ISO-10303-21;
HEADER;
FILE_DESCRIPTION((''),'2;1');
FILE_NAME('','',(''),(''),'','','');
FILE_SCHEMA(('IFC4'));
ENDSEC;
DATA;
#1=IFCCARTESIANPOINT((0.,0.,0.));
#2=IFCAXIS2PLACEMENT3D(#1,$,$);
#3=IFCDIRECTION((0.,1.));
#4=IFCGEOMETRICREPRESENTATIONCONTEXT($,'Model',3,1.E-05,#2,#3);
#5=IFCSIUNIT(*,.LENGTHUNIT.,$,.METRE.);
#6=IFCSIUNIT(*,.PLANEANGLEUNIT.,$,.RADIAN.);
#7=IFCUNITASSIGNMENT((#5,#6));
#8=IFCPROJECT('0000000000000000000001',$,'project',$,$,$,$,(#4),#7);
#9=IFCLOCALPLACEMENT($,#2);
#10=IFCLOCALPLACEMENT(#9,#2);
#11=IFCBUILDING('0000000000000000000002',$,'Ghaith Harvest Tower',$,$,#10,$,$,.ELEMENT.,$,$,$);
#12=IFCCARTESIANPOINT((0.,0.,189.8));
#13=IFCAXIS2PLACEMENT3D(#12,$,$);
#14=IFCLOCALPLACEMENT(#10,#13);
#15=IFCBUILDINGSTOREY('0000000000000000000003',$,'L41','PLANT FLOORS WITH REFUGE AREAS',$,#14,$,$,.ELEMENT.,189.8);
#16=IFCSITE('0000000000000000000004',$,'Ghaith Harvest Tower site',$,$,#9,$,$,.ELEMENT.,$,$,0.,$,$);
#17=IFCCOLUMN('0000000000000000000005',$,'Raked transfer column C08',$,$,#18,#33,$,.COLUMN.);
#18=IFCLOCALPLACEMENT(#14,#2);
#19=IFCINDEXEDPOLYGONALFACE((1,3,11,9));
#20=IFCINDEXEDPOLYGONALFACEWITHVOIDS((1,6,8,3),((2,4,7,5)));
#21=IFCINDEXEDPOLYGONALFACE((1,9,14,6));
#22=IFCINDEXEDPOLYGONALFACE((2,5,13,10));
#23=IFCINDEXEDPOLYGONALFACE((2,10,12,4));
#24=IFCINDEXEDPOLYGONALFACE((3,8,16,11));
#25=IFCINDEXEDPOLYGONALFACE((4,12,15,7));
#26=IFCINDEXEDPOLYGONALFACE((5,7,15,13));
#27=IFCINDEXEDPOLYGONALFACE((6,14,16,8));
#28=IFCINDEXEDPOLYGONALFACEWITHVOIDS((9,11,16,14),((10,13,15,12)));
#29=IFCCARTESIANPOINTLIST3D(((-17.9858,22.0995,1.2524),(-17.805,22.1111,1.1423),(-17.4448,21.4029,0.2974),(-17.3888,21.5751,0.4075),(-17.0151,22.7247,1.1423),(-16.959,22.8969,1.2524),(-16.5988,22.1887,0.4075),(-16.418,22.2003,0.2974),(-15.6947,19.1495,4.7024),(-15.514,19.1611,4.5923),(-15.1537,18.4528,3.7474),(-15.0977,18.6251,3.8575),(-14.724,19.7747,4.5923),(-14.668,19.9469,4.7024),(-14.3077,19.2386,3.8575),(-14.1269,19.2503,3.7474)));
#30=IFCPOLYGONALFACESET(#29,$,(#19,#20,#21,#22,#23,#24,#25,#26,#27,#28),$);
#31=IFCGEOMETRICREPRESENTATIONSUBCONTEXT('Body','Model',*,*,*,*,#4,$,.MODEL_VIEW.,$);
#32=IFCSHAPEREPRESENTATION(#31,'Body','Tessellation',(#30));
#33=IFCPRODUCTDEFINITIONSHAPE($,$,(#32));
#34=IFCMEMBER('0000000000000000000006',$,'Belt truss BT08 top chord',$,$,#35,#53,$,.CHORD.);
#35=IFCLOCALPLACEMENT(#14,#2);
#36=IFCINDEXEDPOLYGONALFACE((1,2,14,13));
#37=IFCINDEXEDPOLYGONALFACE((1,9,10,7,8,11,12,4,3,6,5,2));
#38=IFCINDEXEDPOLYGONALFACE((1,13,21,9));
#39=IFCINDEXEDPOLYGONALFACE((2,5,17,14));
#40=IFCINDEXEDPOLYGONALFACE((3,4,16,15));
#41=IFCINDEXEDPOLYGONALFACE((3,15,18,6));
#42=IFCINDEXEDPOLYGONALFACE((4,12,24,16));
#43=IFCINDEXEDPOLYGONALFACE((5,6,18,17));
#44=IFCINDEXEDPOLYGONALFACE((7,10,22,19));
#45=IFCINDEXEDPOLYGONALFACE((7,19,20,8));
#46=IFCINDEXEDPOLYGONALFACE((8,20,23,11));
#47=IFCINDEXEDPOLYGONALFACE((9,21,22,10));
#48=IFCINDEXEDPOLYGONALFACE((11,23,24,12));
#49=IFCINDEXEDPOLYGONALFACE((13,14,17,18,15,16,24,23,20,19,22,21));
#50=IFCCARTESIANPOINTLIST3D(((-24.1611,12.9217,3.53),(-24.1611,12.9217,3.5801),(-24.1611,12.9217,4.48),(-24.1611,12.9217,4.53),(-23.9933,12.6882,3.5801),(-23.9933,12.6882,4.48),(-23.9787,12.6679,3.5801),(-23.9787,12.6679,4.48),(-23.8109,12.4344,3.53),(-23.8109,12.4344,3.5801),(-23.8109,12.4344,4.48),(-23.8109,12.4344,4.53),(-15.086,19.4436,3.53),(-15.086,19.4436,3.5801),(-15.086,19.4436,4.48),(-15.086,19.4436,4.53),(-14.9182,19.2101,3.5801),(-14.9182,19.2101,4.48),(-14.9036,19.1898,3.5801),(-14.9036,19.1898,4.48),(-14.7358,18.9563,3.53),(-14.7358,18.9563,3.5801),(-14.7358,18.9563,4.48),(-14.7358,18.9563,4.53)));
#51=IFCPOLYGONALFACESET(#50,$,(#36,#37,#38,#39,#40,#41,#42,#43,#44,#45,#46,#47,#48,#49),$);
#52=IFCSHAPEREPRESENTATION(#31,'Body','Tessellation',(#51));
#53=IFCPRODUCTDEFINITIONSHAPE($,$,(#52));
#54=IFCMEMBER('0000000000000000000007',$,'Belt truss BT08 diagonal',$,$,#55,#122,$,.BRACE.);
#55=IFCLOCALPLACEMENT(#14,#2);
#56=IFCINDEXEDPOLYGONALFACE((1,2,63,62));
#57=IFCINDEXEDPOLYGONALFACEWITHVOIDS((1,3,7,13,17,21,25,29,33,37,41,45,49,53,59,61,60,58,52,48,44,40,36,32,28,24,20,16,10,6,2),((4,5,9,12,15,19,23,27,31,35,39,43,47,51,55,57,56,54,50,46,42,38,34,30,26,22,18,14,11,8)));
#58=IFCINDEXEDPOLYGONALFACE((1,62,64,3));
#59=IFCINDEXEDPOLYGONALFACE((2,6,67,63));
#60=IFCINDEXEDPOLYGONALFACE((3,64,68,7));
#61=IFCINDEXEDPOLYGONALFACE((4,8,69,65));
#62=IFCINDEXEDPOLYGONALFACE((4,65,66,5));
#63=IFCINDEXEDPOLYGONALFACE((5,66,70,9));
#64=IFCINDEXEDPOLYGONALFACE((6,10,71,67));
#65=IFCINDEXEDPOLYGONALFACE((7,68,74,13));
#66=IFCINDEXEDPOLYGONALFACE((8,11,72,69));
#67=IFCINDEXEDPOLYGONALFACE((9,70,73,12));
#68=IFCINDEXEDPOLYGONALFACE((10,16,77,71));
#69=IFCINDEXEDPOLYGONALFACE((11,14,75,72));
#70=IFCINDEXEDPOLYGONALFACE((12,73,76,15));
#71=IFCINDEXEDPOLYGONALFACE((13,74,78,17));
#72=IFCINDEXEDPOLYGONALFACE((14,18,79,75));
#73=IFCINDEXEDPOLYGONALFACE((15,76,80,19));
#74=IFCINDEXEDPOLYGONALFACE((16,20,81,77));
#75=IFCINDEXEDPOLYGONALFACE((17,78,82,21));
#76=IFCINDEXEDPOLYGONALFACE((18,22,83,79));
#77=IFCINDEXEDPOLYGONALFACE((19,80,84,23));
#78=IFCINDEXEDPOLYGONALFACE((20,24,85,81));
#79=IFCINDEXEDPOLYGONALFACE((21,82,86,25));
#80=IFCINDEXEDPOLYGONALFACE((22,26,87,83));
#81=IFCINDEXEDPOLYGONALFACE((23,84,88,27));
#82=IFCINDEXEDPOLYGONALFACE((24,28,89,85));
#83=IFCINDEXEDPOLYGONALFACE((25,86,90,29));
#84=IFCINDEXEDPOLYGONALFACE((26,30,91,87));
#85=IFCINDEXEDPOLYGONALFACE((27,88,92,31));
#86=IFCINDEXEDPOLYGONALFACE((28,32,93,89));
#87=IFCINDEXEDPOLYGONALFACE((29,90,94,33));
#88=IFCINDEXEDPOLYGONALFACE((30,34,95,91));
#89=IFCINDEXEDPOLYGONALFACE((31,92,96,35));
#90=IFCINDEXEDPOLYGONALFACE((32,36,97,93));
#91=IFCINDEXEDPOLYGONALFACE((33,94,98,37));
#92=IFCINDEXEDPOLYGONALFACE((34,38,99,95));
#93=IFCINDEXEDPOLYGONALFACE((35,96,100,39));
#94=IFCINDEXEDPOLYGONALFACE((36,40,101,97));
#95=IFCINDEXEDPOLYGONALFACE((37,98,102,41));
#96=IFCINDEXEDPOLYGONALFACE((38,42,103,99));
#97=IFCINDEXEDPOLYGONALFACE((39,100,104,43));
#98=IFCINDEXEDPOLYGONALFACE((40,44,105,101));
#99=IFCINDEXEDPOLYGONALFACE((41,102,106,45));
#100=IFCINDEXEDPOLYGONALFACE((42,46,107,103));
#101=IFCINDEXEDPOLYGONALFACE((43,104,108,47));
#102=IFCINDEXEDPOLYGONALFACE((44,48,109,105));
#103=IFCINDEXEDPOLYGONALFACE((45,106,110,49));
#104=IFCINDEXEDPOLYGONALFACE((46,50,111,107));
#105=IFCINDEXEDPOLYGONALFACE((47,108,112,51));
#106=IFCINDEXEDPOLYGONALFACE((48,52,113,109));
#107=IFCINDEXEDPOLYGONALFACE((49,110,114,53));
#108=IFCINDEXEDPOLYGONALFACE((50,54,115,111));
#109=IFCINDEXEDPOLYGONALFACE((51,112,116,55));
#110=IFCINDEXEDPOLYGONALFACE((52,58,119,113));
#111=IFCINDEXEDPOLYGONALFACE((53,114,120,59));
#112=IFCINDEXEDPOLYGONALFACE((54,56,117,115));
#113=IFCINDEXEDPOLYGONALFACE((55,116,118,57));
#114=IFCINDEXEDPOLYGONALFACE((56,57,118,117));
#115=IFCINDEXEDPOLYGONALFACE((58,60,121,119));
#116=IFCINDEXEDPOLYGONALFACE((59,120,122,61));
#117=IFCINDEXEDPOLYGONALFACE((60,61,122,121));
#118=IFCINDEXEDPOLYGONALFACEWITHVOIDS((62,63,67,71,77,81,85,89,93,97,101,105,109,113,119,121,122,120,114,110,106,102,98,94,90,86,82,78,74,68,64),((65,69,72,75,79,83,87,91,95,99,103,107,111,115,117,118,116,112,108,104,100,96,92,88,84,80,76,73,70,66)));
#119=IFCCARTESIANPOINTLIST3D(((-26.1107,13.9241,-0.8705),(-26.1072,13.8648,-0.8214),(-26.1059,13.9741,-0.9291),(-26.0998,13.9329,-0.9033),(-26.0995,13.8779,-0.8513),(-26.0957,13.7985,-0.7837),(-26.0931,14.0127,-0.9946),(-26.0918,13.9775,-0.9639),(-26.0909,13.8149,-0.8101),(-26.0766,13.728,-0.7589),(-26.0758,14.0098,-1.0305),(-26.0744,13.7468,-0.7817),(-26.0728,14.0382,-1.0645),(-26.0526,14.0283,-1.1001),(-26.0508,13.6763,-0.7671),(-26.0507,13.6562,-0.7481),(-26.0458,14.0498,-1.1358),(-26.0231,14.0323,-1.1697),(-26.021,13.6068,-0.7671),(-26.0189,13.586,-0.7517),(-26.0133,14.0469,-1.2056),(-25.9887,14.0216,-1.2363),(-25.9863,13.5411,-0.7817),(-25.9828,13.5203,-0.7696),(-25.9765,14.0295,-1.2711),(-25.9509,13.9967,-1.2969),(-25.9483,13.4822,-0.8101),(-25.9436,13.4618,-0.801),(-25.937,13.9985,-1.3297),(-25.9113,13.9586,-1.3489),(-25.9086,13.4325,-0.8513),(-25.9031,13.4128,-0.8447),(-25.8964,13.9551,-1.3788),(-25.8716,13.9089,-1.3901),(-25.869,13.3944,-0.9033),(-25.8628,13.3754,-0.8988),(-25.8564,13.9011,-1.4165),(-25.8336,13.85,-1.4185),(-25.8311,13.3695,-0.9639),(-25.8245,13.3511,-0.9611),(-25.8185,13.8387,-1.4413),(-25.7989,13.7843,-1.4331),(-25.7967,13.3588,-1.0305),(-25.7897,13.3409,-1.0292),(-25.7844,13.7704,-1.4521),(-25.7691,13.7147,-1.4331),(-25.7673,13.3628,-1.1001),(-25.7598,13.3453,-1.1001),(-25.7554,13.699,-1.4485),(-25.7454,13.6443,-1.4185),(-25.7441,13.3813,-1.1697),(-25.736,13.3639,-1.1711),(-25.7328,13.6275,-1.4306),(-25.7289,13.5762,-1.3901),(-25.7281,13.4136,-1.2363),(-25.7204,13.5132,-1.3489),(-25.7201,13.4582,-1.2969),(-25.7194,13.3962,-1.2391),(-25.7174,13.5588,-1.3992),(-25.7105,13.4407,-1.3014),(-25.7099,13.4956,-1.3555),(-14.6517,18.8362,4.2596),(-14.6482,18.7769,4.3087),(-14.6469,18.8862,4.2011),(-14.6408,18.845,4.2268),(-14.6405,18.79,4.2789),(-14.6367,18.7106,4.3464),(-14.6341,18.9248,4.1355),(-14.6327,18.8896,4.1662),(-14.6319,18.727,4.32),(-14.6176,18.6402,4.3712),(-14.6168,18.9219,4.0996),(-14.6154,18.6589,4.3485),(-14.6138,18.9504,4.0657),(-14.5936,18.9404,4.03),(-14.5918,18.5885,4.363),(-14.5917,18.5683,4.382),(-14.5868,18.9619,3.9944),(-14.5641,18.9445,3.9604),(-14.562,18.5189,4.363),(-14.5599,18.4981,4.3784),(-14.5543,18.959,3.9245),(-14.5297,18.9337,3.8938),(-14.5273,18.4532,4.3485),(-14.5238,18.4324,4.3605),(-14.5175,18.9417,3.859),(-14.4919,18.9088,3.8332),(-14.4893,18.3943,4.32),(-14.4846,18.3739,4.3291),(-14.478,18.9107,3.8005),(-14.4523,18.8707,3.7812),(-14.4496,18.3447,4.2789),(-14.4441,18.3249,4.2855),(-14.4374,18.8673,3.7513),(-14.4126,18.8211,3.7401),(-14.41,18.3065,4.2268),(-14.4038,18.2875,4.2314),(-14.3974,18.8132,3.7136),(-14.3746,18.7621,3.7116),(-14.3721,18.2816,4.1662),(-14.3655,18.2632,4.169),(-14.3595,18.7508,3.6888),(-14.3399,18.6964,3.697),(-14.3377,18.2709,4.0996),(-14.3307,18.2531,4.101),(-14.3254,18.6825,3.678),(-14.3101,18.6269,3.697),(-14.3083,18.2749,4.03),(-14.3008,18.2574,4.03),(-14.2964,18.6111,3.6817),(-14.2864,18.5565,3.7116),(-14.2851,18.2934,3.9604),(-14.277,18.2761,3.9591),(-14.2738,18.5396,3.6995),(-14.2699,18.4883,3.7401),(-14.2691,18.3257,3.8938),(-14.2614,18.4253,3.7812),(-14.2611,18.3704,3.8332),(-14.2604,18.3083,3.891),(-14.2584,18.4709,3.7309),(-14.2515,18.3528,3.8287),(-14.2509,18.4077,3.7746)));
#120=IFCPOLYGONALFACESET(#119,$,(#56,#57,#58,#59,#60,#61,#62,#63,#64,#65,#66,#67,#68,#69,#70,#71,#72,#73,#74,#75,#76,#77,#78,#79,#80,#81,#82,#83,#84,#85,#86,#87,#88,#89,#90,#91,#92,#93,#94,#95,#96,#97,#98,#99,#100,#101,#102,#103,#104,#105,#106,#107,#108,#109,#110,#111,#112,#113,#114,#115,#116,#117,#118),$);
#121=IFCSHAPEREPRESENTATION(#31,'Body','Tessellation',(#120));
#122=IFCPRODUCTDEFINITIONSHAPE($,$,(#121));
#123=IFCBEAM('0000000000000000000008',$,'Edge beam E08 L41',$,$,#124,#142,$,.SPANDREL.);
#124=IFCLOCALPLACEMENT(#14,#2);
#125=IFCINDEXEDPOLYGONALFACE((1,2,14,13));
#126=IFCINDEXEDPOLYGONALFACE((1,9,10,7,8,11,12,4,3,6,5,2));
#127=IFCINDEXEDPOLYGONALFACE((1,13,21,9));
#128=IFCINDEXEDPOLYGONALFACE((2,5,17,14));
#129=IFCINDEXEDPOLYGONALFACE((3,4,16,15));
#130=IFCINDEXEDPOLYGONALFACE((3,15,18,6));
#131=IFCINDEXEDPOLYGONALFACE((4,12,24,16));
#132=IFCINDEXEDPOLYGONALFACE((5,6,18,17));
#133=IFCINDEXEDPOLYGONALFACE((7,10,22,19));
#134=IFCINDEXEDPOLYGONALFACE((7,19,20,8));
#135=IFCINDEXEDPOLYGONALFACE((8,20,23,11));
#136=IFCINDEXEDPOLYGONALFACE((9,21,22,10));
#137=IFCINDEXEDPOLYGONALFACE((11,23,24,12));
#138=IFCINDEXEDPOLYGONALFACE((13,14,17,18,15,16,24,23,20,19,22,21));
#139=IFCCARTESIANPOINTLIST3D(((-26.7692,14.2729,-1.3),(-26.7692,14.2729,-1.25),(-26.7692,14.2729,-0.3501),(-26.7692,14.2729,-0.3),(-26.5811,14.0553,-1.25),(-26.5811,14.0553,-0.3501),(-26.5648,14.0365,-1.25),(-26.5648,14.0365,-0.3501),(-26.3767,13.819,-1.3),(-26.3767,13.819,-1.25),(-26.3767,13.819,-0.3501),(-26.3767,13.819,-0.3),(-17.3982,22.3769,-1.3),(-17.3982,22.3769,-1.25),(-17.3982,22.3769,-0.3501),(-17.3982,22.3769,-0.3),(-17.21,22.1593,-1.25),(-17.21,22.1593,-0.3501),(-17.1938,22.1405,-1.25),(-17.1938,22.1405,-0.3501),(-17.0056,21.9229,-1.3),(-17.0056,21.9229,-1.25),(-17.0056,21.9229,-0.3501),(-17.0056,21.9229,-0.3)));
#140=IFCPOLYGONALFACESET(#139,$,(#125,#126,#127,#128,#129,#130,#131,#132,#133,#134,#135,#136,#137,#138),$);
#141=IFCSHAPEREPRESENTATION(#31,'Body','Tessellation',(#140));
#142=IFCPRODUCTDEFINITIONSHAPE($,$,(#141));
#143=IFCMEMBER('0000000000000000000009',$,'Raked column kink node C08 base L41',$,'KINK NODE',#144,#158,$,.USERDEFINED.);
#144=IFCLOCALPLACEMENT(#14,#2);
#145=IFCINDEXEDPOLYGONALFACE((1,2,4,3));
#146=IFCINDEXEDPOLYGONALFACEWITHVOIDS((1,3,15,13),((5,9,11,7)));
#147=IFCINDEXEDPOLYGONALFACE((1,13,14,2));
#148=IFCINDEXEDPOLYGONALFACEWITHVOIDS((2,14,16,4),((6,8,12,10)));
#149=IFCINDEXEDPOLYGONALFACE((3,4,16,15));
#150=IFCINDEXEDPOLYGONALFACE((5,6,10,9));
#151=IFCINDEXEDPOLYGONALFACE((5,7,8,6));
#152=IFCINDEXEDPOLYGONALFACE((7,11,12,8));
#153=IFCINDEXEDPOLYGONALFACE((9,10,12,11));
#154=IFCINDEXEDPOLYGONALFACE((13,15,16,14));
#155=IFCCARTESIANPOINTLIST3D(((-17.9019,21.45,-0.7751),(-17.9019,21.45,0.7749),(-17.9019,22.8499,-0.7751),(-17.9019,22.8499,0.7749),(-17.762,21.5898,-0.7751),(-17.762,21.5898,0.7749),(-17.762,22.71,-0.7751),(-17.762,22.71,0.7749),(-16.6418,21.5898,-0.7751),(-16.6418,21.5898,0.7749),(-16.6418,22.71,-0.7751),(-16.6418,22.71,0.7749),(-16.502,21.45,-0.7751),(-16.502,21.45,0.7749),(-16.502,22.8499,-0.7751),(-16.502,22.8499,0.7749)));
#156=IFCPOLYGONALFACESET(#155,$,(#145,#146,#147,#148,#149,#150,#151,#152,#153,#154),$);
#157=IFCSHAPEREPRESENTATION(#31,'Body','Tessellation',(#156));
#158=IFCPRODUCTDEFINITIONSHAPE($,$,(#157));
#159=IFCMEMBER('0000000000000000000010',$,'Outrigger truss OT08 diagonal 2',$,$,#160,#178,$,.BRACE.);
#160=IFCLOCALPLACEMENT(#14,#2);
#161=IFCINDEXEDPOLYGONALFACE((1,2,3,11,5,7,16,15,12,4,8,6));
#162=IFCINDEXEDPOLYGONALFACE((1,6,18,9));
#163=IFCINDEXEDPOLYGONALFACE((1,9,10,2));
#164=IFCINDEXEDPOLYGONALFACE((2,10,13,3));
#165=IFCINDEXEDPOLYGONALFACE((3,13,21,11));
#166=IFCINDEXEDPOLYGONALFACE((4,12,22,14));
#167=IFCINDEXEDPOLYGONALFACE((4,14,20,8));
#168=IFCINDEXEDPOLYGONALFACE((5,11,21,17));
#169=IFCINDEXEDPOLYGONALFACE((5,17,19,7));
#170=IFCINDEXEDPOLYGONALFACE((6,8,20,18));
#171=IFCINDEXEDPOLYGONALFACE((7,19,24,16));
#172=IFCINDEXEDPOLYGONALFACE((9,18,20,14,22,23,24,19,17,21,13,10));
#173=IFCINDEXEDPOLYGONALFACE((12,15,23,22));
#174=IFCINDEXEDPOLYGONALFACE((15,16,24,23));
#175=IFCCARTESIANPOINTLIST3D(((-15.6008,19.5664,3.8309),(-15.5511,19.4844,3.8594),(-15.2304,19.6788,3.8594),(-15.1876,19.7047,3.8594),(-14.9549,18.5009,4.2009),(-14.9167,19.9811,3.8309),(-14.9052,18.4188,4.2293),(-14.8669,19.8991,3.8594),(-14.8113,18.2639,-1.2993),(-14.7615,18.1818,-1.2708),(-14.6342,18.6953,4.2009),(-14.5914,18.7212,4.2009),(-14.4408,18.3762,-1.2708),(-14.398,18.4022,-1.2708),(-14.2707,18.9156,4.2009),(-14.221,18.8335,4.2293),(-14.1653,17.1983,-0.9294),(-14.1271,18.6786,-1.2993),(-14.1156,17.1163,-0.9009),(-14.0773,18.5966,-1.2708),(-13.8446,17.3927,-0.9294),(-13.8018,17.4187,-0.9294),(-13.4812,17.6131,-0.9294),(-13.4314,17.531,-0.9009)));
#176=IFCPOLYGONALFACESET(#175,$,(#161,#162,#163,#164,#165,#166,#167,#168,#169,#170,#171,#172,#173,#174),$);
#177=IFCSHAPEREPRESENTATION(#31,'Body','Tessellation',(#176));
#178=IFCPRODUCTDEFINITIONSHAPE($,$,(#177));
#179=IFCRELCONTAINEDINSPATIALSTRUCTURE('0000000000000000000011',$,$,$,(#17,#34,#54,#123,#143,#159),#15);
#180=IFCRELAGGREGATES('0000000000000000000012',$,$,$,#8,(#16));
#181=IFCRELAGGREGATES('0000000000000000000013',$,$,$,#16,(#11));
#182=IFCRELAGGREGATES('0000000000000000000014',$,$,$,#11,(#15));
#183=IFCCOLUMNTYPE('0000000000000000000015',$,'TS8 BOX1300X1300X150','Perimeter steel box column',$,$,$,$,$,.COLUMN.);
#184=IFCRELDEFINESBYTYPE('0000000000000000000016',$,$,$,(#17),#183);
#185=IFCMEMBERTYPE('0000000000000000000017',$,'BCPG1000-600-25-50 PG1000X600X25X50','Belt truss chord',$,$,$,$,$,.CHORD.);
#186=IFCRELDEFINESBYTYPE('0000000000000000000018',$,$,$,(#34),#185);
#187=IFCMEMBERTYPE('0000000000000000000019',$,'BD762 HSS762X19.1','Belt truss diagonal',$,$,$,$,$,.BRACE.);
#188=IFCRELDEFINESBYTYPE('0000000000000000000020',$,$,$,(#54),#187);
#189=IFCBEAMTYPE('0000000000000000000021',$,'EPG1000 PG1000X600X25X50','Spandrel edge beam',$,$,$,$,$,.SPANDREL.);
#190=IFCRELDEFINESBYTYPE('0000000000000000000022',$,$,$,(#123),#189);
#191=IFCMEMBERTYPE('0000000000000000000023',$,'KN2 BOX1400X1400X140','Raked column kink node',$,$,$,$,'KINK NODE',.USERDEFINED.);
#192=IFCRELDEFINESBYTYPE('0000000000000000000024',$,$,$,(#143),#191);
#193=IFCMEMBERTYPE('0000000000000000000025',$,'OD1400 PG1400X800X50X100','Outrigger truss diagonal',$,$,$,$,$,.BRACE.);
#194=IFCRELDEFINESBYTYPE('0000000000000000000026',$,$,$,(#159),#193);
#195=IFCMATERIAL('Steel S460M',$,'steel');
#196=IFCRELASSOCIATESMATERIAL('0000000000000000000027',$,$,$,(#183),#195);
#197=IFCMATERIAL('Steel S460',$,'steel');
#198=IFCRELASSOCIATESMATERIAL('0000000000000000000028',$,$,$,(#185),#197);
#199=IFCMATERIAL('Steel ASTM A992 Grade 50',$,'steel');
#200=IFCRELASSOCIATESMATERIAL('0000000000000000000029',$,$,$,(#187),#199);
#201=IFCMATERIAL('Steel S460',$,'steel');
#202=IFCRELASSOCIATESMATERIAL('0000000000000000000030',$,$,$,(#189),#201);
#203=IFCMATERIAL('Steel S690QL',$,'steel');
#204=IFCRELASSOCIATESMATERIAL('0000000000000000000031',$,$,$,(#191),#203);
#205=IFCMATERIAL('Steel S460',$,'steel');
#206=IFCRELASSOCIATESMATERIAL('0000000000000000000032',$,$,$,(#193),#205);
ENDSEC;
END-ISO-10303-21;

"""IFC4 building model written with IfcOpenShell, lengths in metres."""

from ifc_helpers import new_model, si_unit, direction, frame, origin, origin_2d, place, context, subcontext, project, spatial, hollow_rectangle, hollow_circle, i_section, extrude, material, material_profile, profile_set, type_object, element, save


model = new_model("IFC4")

# Units and contexts
model_context = context("Model", 3, precision=1e-05, world=origin(), true_north=direction((0.0, 1.0)))
body_context = subcontext(model_context, "Body", "Model", "MODEL_VIEW")
ifc_project = project(units=[si_unit("LENGTHUNIT", "METRE"), si_unit("PLANEANGLEUNIT", "RADIAN")], contexts=[model_context])

# Site, building, storey
site_placement = place(None, origin())
site = spatial("IfcSite", under=ifc_project, at=site_placement, Name="Ghaith Harvest Tower site", CompositionType="ELEMENT", RefElevation=0.0)
building_placement = place(site_placement, origin())
building = spatial("IfcBuilding", under=site, at=building_placement, Name="Ghaith Harvest Tower", CompositionType="ELEMENT")
storey_placement = place(building_placement, frame((0.0, 0.0, 189.8)))
storey = spatial("IfcBuildingStorey", under=building, at=storey_placement, Name="L41", Description="PLANT FLOORS WITH REFUGE AREAS", CompositionType="ELEMENT", Elevation=189.8)

# Column
ifc_material_1 = material(Name="Steel S460M", Category="steel")
ifc_material_profile_1 = material_profile(ifc_material_1, hollow_rectangle(XDim=1.3, YDim=1.3, WallThickness=0.1499, at=origin_2d()), Name="BOX1300X1300X150")
ifc_profile_set_1 = profile_set([ifc_material_profile_1], Name="Steel S460M")
column_type = type_object("IfcColumnType", Name="TS8 BOX1300X1300X150", Description="Perimeter steel box column", PredefinedType="COLUMN", material=ifc_profile_set_1)
column_placement = place(storey_placement, frame((-17.2019, 22.1499, 0.7749), z_axis=(0.45058, -0.580174, 0.67851), x_axis=(0.789792, 0.613375, 0.0)))
element("IfcColumn", 1, at=column_placement, inside=storey, type_object=column_type, Name="Raked transfer column C08", PredefinedType="COLUMN", context=body_context, shape_type="SweptSolid", body=[
    extrude(hollow_rectangle(XDim=1.3, YDim=1.3, WallThickness=0.1499, at=origin_2d()), origin(), (0.0, 0.0, 1.0), 5.0847),
])

# Members
ifc_material_2 = material(Name="Steel S460", Category="steel")
ifc_material_profile_2 = material_profile(ifc_material_2, i_section(OverallWidth=0.6001, OverallDepth=1.0, WebThickness=0.0249, FlangeThickness=0.05, at=origin_2d()), Name="PG1000X600X25X50")
ifc_profile_set_2 = profile_set([ifc_material_profile_2], Name="Steel S460")
member_type_1 = type_object("IfcMemberType", Name="BCPG1000-600-25-50 PG1000X600X25X50", Description="Belt truss chord", PredefinedType="CHORD", material=ifc_profile_set_2)
member_1_placement = place(storey_placement, frame((-14.9109, 19.2, 4.03), z_axis=(-0.81205, -0.583587, 0.0), x_axis=(0.583587, -0.81205, 0.0)))
element("IfcMember", 2, at=member_1_placement, inside=storey, type_object=member_type_1, Name="Belt truss BT08 top chord", PredefinedType="CHORD", context=body_context, shape_type="SweptSolid", body=[
    extrude(i_section(OverallWidth=0.6001, OverallDepth=1.0, WebThickness=0.0249, FlangeThickness=0.05, at=origin_2d()), origin(), (0.0, 0.0, 1.0), 11.1755),
])
ifc_material_3 = material(Name="Steel ASTM A992 Grade 50", Category="steel")
ifc_material_profile_3 = material_profile(ifc_material_3, hollow_circle(Radius=0.3811, WallThickness=0.019, at=origin_2d()), Name="HSS762X19.1")
ifc_profile_set_3 = profile_set([ifc_material_profile_3], Name="Steel ASTM A992 Grade 50")
member_type_2 = type_object("IfcMemberType", Name="BD762 HSS762X19.1", Description="Belt truss diagonal", PredefinedType="BRACE", material=ifc_profile_set_3)
member_2_placement = place(storey_placement, frame((-14.4509, 18.6077, 4.03), z_axis=(-0.849968, -0.364355, -0.380526), x_axis=(0.393995, -0.919113, 0.0)))
element("IfcMember", 3, at=member_2_placement, inside=storey, type_object=member_type_2, Name="Belt truss BT08 diagonal", PredefinedType="BRACE", context=body_context, shape_type="SweptSolid", body=[
    extrude(hollow_circle(Radius=0.3811, WallThickness=0.019, at=origin_2d()), origin(), (0.0, 0.0, 1.0), 13.4817),
])

# Beam
ifc_material_4 = material(Name="Steel S460", Category="steel")
ifc_material_profile_4 = material_profile(ifc_material_4, i_section(OverallWidth=0.6001, OverallDepth=1.0, WebThickness=0.0249, FlangeThickness=0.05, at=origin_2d()), Name="PG1000X600X25X50")
ifc_profile_set_4 = profile_set([ifc_material_profile_4], Name="Steel S460")
beam_type = type_object("IfcBeamType", Name="EPG1000 PG1000X600X25X50", Description="Spandrel edge beam", PredefinedType="SPANDREL", material=ifc_profile_set_4)
beam_placement = place(storey_placement, frame((-17.2019, 22.1499, -0.8), z_axis=(-0.756392, -0.654118, 0.0), x_axis=(0.654118, -0.756392, 0.0)))
element("IfcBeam", 4, at=beam_placement, inside=storey, type_object=beam_type, Name="Edge beam E08 L41", PredefinedType="SPANDREL", context=body_context, shape_type="SweptSolid", body=[
    extrude(i_section(OverallWidth=0.6001, OverallDepth=1.0, WebThickness=0.0249, FlangeThickness=0.05, at=origin_2d()), origin(), (0.0, 0.0, 1.0), 12.3892),
])

# Members
ifc_material_5 = material(Name="Steel S690QL", Category="steel")
ifc_material_profile_5 = material_profile(ifc_material_5, hollow_rectangle(XDim=1.3999, YDim=1.3999, WallThickness=0.1399, at=origin_2d()), Name="BOX1400X1400X140")
ifc_profile_set_5 = profile_set([ifc_material_profile_5], Name="Steel S690QL")
member_type_3 = type_object("IfcMemberType", Name="KN2 BOX1400X1400X140", Description="Raked column kink node", ElementType="KINK NODE", PredefinedType="USERDEFINED", material=ifc_profile_set_5)
member_3_placement = place(storey_placement, frame((-17.2019, 22.1499, -0.7751), z_axis=(0.0, 0.0, 1.0), x_axis=(1.0, 0.0, 0.0)))
element("IfcMember", 5, at=member_3_placement, inside=storey, type_object=member_type_3, Name="Raked column kink node C08 base L41", ObjectType="KINK NODE", PredefinedType="USERDEFINED", context=body_context, shape_type="SweptSolid", body=[
    extrude(hollow_rectangle(XDim=1.3999, YDim=1.3999, WallThickness=0.1399, at=origin_2d()), origin(), (0.0, 0.0, 1.0), 1.55),
])
ifc_material_6 = material(Name="Steel S460", Category="steel")
ifc_material_profile_6 = material_profile(ifc_material_6, i_section(OverallWidth=0.8, OverallDepth=1.3999, WebThickness=0.05, FlangeThickness=0.1001, at=origin_2d()), Name="PG1400X800X50X100")
ifc_profile_set_6 = profile_set([ifc_material_profile_6], Name="Steel S460")
member_type_4 = type_object("IfcMemberType", Name="OD1400 PG1400X800X50X100", Description="Outrigger truss diagonal", PredefinedType="BRACE", material=ifc_profile_set_6)
member_4_placement = place(storey_placement, frame((-14.1213, 17.8975, -1.1001), z_axis=(-0.147539, 0.24339, 0.958641), x_axis=(-0.85515, -0.51838, 0.0)))
element("IfcMember", 6, at=member_4_placement, inside=storey, type_object=member_type_4, Name="Outrigger truss OT08 diagonal 2", PredefinedType="BRACE", context=body_context, shape_type="SweptSolid", body=[
    extrude(i_section(OverallWidth=0.8, OverallDepth=1.3999, WebThickness=0.05, FlangeThickness=0.1001, at=origin_2d()), origin(), (0.0, 0.0, 1.0), 5.3516),
])

save(model, "model.ifc")
